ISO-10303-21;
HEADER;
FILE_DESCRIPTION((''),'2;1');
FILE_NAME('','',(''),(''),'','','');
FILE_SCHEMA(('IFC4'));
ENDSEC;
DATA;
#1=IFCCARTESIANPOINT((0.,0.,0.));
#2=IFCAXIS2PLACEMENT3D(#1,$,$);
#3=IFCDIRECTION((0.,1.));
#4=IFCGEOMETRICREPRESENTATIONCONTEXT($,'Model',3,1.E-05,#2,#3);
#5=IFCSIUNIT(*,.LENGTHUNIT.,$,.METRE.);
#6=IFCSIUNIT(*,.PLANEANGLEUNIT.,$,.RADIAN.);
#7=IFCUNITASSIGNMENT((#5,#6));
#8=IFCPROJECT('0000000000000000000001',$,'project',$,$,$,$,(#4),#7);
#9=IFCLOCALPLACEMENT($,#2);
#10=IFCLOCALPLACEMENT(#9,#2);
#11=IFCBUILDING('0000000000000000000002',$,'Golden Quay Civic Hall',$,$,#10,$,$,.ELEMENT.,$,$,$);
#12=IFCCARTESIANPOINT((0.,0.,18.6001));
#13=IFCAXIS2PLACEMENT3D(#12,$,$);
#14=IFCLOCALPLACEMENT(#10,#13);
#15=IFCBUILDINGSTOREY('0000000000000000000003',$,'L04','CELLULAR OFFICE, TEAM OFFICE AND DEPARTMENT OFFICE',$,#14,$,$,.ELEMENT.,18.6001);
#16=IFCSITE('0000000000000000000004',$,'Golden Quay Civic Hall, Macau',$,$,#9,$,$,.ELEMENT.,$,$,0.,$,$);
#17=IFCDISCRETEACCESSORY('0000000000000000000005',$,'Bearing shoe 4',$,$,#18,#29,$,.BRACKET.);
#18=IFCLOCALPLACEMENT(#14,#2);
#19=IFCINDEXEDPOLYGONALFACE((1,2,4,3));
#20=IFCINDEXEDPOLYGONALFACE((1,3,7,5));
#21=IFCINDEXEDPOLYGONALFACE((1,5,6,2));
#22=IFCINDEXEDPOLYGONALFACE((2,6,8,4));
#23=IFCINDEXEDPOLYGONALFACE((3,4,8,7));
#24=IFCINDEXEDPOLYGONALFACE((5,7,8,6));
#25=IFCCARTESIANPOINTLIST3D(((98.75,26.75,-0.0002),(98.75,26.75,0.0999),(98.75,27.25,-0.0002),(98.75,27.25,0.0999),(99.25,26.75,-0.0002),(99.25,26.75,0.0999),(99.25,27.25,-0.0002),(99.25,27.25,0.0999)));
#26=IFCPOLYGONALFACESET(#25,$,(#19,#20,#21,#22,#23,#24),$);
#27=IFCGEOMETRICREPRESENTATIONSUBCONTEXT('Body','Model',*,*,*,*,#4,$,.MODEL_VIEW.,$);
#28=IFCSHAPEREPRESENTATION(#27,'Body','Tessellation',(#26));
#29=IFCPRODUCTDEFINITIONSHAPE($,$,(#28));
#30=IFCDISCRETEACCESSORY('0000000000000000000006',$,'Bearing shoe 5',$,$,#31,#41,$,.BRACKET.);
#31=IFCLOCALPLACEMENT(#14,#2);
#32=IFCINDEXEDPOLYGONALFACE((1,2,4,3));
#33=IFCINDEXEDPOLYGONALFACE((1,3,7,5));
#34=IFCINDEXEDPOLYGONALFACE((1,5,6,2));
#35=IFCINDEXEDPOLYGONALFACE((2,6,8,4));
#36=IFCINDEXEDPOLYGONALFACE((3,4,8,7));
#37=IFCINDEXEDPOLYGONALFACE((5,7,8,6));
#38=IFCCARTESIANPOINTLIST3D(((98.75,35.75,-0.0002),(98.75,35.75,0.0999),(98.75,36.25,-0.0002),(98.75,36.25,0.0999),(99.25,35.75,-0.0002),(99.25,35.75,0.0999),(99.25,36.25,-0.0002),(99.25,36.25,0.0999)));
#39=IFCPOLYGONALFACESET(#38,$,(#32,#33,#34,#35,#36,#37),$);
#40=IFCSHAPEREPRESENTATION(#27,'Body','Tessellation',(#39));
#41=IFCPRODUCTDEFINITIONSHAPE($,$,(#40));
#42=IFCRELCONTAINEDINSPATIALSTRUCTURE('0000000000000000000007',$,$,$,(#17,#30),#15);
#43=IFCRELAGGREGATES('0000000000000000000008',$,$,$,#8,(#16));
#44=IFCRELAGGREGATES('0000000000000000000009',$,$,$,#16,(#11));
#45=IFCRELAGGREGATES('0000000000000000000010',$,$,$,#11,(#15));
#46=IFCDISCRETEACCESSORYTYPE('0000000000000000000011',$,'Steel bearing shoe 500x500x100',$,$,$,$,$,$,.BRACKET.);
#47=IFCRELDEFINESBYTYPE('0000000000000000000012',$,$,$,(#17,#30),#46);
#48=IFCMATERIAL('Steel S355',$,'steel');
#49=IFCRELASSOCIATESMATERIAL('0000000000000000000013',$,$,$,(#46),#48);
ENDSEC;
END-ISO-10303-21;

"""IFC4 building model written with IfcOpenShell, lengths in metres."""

from ifc_helpers import new_model, si_unit, direction, frame, origin, origin_2d, place, context, subcontext, project, spatial, rectangle, extrude, material, type_object, element, save


model = new_model("IFC4")

# Units and contexts
model_context = context("Model", 3, precision=1e-05, world=origin(), true_north=direction((0.0, 1.0)))
body_context = subcontext(model_context, "Body", "Model", "MODEL_VIEW")
ifc_project = project(units=[si_unit("LENGTHUNIT", "METRE"), si_unit("PLANEANGLEUNIT", "RADIAN")], contexts=[model_context])

# Site, building, storey
site_placement = place(None, origin())
site = spatial("IfcSite", under=ifc_project, at=site_placement, Name="Golden Quay Civic Hall, Macau", CompositionType="ELEMENT", RefElevation=0.0)
building_placement = place(site_placement, origin())
building = spatial("IfcBuilding", under=site, at=building_placement, Name="Golden Quay Civic Hall", CompositionType="ELEMENT")
storey_placement = place(building_placement, frame((0.0, 0.0, 18.6001)))
storey = spatial("IfcBuildingStorey", under=building, at=storey_placement, Name="L04", Description="CELLULAR OFFICE, TEAM OFFICE AND DEPARTMENT OFFICE", CompositionType="ELEMENT", Elevation=18.6001)

# Discrete accessories
ifc_material_1 = material(Name="Steel S355", Category="steel")
discrete_accessory_type = type_object("IfcDiscreteAccessoryType", Name="Steel bearing shoe 500x500x100", PredefinedType="BRACKET", material=ifc_material_1)
for number, where, z_axis, x_axis, name in (
    (1, (99.0, 27.0, -0.0002), (0.0, 0.0, 1.0), (1.0, 0.0, 0.0), "Bearing shoe 4"),
    (2, (99.0, 36.0, -0.0002), (0.0, 0.0, 1.0), (1.0, 0.0, 0.0), "Bearing shoe 5"),
):
    element("IfcDiscreteAccessory", number, at=place(storey_placement, frame(where, z_axis=z_axis, x_axis=x_axis)), inside=storey, type_object=discrete_accessory_type, Name=name, PredefinedType="BRACKET", context=body_context, shape_type="SweptSolid", body=[
        extrude(rectangle(XDim=0.5, YDim=0.5, at=origin_2d()), origin(), (0.0, 0.0, 1.0), 0.1001),
    ])

save(model, "model.ifc")
